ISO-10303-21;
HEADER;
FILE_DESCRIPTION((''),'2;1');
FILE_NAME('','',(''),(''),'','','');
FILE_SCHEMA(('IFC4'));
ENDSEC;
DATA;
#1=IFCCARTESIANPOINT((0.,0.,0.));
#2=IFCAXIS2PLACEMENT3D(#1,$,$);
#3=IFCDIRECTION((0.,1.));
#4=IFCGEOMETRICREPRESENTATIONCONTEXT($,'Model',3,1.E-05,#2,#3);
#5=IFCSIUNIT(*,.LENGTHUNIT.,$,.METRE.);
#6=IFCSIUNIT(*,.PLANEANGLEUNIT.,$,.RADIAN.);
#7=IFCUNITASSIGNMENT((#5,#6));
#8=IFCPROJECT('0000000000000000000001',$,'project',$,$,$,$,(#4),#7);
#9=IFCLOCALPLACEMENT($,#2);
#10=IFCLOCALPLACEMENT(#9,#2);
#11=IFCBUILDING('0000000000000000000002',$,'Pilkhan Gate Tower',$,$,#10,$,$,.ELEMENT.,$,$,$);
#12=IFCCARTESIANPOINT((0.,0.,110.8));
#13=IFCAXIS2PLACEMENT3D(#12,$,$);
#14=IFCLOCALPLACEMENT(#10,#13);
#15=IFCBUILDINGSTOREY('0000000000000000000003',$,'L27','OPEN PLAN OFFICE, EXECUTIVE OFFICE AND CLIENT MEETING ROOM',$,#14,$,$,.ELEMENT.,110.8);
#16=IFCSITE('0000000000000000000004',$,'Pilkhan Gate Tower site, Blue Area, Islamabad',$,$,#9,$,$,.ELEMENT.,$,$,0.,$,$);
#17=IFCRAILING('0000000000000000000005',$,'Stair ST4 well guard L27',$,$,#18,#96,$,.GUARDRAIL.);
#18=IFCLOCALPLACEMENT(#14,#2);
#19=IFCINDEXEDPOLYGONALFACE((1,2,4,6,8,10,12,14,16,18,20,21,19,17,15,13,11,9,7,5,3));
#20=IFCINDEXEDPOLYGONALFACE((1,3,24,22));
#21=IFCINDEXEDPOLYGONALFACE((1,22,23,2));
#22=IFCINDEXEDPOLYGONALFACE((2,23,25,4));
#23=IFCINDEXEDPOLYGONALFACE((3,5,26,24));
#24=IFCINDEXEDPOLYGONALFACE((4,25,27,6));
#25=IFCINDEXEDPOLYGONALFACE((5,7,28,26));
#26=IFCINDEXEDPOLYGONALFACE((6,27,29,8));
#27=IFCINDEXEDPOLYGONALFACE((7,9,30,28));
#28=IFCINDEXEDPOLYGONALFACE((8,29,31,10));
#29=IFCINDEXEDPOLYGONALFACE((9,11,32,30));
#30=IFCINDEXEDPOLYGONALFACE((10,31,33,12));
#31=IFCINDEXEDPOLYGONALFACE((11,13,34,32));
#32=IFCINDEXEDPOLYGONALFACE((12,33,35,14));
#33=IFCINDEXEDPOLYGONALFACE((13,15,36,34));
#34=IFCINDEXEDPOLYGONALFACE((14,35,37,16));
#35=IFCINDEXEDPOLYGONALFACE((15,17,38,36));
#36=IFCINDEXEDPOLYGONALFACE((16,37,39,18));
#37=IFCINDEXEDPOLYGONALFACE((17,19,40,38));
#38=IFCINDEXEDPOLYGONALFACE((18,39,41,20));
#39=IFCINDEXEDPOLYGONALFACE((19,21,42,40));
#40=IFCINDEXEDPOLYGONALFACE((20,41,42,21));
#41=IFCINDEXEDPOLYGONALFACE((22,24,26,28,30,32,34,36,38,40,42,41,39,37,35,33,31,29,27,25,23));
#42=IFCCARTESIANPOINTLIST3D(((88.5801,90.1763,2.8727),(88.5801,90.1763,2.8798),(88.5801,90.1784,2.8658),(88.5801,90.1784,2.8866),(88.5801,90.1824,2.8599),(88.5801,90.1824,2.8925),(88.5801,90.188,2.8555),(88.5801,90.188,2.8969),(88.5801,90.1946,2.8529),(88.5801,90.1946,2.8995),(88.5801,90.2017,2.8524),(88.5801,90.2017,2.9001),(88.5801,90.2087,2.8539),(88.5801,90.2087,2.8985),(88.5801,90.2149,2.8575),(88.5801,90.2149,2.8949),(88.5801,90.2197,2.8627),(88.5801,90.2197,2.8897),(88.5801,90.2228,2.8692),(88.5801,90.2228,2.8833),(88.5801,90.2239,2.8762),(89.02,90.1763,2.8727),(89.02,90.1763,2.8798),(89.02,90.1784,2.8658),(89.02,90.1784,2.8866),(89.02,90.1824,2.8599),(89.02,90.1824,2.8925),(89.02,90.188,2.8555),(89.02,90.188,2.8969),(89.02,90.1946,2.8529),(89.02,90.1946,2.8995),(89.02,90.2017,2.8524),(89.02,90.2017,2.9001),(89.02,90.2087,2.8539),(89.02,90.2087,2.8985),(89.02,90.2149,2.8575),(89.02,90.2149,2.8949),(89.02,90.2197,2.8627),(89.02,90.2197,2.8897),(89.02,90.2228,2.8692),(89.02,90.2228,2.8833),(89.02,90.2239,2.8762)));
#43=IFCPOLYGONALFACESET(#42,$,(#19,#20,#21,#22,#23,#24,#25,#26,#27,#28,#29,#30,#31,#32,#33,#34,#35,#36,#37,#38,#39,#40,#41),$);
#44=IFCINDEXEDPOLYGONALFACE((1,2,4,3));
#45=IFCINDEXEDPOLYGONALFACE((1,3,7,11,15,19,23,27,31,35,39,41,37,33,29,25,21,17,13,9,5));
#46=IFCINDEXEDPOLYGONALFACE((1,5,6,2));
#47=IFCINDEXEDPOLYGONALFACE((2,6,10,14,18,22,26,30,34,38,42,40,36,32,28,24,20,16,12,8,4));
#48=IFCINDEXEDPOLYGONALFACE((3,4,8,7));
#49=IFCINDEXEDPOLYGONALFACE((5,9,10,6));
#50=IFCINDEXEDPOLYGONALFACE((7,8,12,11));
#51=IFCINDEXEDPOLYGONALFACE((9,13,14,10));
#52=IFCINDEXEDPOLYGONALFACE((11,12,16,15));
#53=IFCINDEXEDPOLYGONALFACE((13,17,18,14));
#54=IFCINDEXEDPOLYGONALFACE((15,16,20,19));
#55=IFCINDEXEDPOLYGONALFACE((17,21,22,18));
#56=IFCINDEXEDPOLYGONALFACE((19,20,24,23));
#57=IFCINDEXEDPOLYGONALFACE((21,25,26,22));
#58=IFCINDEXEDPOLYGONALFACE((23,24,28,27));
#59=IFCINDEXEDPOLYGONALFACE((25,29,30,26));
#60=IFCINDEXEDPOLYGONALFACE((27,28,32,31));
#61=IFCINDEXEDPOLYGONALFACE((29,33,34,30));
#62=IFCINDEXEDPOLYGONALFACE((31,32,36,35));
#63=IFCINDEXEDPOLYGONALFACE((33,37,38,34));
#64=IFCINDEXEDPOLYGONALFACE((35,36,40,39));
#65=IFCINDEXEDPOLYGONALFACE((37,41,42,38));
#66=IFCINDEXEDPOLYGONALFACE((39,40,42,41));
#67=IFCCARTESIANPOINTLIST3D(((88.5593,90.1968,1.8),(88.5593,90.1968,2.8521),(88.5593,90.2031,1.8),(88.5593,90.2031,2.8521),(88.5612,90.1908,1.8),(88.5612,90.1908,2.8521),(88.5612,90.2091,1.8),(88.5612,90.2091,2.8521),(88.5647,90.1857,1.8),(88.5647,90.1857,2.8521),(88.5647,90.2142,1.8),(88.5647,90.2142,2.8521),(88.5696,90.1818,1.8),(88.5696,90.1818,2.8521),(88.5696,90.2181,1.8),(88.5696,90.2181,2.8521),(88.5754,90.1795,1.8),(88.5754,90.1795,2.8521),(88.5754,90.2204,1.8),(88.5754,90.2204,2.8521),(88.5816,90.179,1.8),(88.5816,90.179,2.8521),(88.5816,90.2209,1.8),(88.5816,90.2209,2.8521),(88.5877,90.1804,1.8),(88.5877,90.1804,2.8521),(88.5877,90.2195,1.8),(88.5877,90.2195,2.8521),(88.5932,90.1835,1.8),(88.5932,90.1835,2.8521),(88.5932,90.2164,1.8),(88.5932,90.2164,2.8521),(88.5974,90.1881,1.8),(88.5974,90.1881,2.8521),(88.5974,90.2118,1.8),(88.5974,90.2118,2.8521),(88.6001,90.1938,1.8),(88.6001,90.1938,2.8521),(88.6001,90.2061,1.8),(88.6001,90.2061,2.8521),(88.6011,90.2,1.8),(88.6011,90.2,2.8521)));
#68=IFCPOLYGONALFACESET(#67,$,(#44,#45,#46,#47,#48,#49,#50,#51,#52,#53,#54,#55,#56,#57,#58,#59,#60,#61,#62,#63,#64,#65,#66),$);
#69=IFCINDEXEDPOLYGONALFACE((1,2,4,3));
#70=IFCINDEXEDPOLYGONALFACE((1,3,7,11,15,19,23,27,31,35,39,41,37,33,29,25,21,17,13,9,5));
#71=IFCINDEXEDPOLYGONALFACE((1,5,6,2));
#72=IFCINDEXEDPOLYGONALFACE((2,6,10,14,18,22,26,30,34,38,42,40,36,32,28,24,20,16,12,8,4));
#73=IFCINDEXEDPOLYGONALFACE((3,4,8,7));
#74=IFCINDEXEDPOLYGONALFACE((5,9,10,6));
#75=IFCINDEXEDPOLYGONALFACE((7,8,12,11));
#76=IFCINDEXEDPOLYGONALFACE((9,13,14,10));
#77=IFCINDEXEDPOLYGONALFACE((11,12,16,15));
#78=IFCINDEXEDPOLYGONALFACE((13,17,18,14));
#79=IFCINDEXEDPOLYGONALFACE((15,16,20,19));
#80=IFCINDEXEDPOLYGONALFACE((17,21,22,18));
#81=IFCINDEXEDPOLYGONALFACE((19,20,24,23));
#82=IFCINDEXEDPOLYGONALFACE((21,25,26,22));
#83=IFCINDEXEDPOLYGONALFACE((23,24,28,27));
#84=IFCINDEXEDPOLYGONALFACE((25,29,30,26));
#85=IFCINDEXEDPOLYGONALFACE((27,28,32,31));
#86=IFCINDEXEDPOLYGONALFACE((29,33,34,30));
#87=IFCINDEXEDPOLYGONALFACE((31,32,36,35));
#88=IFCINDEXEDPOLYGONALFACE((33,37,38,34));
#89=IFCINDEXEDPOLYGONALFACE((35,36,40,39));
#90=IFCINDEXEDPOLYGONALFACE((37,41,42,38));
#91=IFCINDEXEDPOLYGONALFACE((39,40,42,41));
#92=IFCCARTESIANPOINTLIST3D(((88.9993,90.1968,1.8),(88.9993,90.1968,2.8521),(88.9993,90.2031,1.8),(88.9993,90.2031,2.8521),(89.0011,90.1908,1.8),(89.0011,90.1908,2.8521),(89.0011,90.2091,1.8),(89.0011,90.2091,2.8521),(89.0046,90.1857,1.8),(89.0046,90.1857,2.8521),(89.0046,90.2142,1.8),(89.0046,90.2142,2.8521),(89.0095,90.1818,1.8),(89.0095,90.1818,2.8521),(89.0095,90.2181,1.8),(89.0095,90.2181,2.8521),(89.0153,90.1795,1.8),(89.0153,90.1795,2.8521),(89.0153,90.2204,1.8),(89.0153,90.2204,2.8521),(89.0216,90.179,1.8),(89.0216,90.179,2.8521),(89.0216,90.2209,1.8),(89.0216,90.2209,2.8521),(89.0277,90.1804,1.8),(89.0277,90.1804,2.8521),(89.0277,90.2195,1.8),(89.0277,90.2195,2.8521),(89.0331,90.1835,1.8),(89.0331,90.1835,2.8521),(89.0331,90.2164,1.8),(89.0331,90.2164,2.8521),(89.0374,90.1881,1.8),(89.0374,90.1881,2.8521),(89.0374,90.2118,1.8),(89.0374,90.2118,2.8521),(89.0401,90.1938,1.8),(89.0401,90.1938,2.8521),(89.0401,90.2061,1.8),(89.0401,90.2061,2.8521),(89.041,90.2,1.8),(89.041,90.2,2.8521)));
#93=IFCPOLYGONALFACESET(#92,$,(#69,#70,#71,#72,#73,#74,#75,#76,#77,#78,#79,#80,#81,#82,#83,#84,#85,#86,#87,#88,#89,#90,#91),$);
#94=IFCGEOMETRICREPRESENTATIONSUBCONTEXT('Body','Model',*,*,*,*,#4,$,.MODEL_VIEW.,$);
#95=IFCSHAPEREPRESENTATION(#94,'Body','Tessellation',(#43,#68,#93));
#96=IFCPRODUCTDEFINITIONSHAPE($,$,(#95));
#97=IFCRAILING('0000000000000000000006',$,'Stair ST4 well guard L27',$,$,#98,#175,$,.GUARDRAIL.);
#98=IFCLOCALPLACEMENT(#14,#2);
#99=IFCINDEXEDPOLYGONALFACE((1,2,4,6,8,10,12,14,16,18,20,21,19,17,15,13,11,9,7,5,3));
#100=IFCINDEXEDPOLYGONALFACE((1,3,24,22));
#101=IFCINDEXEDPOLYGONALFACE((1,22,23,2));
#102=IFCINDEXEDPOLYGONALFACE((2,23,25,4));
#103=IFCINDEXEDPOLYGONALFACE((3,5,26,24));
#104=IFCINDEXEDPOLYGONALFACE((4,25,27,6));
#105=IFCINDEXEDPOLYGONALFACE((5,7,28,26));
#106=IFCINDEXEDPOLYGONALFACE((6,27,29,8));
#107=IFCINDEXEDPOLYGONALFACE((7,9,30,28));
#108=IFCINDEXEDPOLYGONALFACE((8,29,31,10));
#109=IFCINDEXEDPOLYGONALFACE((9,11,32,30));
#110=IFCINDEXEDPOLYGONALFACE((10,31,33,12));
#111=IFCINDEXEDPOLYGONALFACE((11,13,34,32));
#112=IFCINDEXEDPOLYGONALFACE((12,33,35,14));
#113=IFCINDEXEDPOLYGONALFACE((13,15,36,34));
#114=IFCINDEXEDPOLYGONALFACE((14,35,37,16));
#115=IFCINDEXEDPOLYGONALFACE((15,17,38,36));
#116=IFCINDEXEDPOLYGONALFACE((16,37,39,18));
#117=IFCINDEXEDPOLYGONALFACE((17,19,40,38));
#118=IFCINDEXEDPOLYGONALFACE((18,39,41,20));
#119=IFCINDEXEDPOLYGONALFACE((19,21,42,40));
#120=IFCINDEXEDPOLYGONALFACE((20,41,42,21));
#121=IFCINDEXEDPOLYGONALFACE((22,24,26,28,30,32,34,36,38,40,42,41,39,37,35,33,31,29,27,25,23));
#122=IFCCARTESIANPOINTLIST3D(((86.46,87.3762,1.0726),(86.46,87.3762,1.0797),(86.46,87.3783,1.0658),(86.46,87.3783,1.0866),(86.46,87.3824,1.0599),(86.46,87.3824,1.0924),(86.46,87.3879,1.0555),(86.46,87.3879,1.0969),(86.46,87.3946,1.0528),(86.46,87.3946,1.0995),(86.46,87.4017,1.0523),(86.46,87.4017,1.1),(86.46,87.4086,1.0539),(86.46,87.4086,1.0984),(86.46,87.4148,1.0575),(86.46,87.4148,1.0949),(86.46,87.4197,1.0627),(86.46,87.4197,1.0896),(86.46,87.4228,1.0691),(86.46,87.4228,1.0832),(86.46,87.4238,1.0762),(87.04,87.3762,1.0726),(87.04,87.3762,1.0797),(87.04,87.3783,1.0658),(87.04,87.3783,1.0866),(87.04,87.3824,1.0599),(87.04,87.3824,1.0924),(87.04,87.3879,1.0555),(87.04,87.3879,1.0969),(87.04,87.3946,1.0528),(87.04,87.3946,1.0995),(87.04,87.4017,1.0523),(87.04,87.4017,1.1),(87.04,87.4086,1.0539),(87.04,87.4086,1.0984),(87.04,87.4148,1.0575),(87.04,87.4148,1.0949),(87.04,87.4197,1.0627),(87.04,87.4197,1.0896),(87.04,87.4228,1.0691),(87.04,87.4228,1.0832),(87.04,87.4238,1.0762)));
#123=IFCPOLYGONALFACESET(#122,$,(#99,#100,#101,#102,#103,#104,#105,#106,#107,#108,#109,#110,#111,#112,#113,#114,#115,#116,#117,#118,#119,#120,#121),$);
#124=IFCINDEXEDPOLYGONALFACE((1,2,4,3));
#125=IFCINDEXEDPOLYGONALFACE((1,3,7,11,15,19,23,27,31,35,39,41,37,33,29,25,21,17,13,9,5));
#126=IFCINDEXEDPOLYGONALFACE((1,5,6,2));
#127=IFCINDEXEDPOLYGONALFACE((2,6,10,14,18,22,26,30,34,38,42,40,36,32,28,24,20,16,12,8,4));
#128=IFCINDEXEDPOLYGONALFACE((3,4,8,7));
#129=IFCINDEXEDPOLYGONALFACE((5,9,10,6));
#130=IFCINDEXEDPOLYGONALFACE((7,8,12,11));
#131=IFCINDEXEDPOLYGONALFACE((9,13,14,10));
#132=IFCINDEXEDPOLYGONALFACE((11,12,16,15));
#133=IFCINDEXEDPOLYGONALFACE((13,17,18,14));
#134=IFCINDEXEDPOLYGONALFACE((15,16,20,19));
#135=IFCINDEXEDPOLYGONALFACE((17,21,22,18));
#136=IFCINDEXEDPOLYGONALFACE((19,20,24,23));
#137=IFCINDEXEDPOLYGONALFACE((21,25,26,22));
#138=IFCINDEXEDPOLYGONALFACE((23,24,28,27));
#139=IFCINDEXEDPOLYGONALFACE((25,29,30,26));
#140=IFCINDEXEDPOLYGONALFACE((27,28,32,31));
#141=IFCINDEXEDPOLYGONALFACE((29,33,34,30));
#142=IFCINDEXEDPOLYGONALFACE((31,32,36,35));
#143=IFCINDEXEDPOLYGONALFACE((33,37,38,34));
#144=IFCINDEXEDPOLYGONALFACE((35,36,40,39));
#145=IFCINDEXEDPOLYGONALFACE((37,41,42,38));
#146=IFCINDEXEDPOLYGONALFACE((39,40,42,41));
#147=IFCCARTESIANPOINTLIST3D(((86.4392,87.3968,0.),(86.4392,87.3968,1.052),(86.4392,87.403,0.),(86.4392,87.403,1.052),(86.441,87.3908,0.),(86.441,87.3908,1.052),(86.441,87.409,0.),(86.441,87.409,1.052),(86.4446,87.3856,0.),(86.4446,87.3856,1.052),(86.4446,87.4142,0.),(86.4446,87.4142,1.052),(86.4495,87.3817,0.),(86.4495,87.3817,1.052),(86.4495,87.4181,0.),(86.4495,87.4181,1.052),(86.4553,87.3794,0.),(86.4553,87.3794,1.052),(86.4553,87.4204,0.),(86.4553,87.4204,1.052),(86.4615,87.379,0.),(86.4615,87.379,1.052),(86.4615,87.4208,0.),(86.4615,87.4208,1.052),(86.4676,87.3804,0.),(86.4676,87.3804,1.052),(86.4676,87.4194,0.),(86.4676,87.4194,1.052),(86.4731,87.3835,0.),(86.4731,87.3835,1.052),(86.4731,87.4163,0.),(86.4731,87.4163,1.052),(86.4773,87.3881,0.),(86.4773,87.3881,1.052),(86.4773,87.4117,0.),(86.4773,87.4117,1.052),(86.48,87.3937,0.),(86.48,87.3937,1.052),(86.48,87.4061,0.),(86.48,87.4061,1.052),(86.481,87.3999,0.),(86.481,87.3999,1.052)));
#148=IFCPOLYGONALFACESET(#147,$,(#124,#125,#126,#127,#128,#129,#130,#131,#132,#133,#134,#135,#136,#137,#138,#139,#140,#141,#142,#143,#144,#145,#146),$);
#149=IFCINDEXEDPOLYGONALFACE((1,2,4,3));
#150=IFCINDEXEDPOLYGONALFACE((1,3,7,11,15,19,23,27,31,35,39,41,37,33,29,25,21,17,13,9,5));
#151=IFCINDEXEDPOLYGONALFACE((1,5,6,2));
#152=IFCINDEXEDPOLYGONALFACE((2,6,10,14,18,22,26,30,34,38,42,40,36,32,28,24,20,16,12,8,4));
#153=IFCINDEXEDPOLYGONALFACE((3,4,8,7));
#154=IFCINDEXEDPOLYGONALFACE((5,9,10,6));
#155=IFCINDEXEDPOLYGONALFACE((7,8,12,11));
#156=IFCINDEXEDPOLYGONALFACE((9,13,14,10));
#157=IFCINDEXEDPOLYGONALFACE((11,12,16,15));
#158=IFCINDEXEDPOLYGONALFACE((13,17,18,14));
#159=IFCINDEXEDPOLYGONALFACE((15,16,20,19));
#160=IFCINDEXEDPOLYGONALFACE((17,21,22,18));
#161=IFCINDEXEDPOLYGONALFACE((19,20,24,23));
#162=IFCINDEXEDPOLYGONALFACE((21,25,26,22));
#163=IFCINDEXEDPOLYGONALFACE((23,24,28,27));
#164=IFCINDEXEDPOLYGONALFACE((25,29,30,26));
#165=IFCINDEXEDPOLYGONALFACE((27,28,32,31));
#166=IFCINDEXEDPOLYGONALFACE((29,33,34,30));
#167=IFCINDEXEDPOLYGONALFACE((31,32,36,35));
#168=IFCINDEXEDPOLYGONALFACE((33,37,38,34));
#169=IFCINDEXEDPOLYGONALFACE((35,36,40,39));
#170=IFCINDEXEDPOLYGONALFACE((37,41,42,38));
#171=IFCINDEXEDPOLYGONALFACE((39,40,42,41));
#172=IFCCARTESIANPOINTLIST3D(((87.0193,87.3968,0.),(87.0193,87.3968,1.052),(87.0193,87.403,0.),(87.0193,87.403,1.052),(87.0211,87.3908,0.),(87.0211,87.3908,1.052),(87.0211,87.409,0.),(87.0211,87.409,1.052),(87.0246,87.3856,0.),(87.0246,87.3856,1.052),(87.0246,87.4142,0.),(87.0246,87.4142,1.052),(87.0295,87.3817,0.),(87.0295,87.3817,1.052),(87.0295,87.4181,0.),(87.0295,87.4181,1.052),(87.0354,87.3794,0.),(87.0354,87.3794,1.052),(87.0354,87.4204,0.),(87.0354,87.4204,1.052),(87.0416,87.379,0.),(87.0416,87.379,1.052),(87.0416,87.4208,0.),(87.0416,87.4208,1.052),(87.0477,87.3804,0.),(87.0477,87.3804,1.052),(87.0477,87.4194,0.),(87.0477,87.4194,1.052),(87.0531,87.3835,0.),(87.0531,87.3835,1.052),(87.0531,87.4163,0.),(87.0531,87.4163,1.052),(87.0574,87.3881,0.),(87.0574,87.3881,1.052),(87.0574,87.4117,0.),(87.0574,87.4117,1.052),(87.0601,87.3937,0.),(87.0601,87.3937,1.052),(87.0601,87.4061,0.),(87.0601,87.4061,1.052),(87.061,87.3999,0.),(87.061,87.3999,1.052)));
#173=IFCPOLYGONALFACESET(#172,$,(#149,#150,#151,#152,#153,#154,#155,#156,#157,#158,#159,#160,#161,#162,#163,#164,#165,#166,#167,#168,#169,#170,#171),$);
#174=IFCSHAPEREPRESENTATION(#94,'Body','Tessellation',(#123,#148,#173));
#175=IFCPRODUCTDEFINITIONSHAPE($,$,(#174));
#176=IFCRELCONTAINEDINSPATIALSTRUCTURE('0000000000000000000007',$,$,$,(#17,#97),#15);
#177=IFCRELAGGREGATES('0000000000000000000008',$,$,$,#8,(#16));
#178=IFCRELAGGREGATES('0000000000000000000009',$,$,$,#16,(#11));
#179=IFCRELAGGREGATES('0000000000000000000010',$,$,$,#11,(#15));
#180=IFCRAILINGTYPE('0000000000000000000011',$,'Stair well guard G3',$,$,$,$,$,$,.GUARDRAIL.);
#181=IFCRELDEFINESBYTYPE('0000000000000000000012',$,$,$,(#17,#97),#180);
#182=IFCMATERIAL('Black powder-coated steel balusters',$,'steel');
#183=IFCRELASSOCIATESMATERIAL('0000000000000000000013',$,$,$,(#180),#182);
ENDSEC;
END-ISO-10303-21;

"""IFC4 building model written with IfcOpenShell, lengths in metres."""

from ifc_helpers import new_model, si_unit, direction, frame, origin, origin_2d, place, context, subcontext, project, spatial, circle, extrude, material, type_object, element, save


model = new_model("IFC4")

# Units and contexts
model_context = context("Model", 3, precision=1e-05, world=origin(), true_north=direction((0.0, 1.0)))
body_context = subcontext(model_context, "Body", "Model", "MODEL_VIEW")
ifc_project = project(units=[si_unit("LENGTHUNIT", "METRE"), si_unit("PLANEANGLEUNIT", "RADIAN")], contexts=[model_context])

# Site, building, storey
site_placement = place(None, origin())
site = spatial("IfcSite", under=ifc_project, at=site_placement, Name="Pilkhan Gate Tower site, Blue Area, Islamabad", CompositionType="ELEMENT", RefElevation=0.0)
building_placement = place(site_placement, origin())
building = spatial("IfcBuilding", under=site, at=building_placement, Name="Pilkhan Gate Tower", CompositionType="ELEMENT")
storey_placement = place(building_placement, frame((0.0, 0.0, 110.8)))
storey = spatial("IfcBuildingStorey", under=building, at=storey_placement, Name="L27", Description="OPEN PLAN OFFICE, EXECUTIVE OFFICE AND CLIENT MEETING ROOM", CompositionType="ELEMENT", Elevation=110.8)

# Railings
ifc_material_1 = material(Name="Black powder-coated steel balusters", Category="steel")
railing_type_1 = type_object("IfcRailingType", Name="Stair well guard G3", PredefinedType="GUARDRAIL", material=ifc_material_1)
railing_1_placement = place(storey_placement, frame((88.5801, 90.2, 1.8)))
element("IfcRailing", 1, at=railing_1_placement, inside=storey, type_object=railing_type_1, Name="Stair ST4 well guard L27", PredefinedType="GUARDRAIL", context=body_context, shape_type="SweptSolid", body=[
    extrude(circle(Radius=0.0239, at=origin_2d()), frame((0.0, 0.0, 1.0762), z_axis=(1.0, 0.0, 0.0), x_axis=(0.0, 1.0, 0.0)), (0.0, 0.0, 1.0), 0.4399),
    extrude(circle(Radius=0.021, at=origin_2d()), origin(), (0.0, 0.0, 1.0), 1.052),
    extrude(circle(Radius=0.021, at=origin_2d()), frame((0.4399, 0.0, 0.0)), (0.0, 0.0, 1.0), 1.052),
])
for number, where, name in (
    (2, (86.46, 87.3999, 0.0), "Stair ST4 well guard L27"),
):
    element("IfcRailing", number, at=place(storey_placement, frame(where)), inside=storey, type_object=railing_type_1, Name=name, PredefinedType="GUARDRAIL", context=body_context, shape_type="SweptSolid", body=[
        extrude(circle(Radius=0.0239, at=origin_2d()), frame((0.0, 0.0, 1.0762), z_axis=(1.0, 0.0, 0.0), x_axis=(0.0, 1.0, 0.0)), (0.0, 0.0, 1.0), 0.5801),
        extrude(circle(Radius=0.021, at=origin_2d()), origin(), (0.0, 0.0, 1.0), 1.052),
        extrude(circle(Radius=0.021, at=origin_2d()), frame((0.5801, 0.0, 0.0)), (0.0, 0.0, 1.0), 1.052),
    ])

save(model, "model.ifc")
